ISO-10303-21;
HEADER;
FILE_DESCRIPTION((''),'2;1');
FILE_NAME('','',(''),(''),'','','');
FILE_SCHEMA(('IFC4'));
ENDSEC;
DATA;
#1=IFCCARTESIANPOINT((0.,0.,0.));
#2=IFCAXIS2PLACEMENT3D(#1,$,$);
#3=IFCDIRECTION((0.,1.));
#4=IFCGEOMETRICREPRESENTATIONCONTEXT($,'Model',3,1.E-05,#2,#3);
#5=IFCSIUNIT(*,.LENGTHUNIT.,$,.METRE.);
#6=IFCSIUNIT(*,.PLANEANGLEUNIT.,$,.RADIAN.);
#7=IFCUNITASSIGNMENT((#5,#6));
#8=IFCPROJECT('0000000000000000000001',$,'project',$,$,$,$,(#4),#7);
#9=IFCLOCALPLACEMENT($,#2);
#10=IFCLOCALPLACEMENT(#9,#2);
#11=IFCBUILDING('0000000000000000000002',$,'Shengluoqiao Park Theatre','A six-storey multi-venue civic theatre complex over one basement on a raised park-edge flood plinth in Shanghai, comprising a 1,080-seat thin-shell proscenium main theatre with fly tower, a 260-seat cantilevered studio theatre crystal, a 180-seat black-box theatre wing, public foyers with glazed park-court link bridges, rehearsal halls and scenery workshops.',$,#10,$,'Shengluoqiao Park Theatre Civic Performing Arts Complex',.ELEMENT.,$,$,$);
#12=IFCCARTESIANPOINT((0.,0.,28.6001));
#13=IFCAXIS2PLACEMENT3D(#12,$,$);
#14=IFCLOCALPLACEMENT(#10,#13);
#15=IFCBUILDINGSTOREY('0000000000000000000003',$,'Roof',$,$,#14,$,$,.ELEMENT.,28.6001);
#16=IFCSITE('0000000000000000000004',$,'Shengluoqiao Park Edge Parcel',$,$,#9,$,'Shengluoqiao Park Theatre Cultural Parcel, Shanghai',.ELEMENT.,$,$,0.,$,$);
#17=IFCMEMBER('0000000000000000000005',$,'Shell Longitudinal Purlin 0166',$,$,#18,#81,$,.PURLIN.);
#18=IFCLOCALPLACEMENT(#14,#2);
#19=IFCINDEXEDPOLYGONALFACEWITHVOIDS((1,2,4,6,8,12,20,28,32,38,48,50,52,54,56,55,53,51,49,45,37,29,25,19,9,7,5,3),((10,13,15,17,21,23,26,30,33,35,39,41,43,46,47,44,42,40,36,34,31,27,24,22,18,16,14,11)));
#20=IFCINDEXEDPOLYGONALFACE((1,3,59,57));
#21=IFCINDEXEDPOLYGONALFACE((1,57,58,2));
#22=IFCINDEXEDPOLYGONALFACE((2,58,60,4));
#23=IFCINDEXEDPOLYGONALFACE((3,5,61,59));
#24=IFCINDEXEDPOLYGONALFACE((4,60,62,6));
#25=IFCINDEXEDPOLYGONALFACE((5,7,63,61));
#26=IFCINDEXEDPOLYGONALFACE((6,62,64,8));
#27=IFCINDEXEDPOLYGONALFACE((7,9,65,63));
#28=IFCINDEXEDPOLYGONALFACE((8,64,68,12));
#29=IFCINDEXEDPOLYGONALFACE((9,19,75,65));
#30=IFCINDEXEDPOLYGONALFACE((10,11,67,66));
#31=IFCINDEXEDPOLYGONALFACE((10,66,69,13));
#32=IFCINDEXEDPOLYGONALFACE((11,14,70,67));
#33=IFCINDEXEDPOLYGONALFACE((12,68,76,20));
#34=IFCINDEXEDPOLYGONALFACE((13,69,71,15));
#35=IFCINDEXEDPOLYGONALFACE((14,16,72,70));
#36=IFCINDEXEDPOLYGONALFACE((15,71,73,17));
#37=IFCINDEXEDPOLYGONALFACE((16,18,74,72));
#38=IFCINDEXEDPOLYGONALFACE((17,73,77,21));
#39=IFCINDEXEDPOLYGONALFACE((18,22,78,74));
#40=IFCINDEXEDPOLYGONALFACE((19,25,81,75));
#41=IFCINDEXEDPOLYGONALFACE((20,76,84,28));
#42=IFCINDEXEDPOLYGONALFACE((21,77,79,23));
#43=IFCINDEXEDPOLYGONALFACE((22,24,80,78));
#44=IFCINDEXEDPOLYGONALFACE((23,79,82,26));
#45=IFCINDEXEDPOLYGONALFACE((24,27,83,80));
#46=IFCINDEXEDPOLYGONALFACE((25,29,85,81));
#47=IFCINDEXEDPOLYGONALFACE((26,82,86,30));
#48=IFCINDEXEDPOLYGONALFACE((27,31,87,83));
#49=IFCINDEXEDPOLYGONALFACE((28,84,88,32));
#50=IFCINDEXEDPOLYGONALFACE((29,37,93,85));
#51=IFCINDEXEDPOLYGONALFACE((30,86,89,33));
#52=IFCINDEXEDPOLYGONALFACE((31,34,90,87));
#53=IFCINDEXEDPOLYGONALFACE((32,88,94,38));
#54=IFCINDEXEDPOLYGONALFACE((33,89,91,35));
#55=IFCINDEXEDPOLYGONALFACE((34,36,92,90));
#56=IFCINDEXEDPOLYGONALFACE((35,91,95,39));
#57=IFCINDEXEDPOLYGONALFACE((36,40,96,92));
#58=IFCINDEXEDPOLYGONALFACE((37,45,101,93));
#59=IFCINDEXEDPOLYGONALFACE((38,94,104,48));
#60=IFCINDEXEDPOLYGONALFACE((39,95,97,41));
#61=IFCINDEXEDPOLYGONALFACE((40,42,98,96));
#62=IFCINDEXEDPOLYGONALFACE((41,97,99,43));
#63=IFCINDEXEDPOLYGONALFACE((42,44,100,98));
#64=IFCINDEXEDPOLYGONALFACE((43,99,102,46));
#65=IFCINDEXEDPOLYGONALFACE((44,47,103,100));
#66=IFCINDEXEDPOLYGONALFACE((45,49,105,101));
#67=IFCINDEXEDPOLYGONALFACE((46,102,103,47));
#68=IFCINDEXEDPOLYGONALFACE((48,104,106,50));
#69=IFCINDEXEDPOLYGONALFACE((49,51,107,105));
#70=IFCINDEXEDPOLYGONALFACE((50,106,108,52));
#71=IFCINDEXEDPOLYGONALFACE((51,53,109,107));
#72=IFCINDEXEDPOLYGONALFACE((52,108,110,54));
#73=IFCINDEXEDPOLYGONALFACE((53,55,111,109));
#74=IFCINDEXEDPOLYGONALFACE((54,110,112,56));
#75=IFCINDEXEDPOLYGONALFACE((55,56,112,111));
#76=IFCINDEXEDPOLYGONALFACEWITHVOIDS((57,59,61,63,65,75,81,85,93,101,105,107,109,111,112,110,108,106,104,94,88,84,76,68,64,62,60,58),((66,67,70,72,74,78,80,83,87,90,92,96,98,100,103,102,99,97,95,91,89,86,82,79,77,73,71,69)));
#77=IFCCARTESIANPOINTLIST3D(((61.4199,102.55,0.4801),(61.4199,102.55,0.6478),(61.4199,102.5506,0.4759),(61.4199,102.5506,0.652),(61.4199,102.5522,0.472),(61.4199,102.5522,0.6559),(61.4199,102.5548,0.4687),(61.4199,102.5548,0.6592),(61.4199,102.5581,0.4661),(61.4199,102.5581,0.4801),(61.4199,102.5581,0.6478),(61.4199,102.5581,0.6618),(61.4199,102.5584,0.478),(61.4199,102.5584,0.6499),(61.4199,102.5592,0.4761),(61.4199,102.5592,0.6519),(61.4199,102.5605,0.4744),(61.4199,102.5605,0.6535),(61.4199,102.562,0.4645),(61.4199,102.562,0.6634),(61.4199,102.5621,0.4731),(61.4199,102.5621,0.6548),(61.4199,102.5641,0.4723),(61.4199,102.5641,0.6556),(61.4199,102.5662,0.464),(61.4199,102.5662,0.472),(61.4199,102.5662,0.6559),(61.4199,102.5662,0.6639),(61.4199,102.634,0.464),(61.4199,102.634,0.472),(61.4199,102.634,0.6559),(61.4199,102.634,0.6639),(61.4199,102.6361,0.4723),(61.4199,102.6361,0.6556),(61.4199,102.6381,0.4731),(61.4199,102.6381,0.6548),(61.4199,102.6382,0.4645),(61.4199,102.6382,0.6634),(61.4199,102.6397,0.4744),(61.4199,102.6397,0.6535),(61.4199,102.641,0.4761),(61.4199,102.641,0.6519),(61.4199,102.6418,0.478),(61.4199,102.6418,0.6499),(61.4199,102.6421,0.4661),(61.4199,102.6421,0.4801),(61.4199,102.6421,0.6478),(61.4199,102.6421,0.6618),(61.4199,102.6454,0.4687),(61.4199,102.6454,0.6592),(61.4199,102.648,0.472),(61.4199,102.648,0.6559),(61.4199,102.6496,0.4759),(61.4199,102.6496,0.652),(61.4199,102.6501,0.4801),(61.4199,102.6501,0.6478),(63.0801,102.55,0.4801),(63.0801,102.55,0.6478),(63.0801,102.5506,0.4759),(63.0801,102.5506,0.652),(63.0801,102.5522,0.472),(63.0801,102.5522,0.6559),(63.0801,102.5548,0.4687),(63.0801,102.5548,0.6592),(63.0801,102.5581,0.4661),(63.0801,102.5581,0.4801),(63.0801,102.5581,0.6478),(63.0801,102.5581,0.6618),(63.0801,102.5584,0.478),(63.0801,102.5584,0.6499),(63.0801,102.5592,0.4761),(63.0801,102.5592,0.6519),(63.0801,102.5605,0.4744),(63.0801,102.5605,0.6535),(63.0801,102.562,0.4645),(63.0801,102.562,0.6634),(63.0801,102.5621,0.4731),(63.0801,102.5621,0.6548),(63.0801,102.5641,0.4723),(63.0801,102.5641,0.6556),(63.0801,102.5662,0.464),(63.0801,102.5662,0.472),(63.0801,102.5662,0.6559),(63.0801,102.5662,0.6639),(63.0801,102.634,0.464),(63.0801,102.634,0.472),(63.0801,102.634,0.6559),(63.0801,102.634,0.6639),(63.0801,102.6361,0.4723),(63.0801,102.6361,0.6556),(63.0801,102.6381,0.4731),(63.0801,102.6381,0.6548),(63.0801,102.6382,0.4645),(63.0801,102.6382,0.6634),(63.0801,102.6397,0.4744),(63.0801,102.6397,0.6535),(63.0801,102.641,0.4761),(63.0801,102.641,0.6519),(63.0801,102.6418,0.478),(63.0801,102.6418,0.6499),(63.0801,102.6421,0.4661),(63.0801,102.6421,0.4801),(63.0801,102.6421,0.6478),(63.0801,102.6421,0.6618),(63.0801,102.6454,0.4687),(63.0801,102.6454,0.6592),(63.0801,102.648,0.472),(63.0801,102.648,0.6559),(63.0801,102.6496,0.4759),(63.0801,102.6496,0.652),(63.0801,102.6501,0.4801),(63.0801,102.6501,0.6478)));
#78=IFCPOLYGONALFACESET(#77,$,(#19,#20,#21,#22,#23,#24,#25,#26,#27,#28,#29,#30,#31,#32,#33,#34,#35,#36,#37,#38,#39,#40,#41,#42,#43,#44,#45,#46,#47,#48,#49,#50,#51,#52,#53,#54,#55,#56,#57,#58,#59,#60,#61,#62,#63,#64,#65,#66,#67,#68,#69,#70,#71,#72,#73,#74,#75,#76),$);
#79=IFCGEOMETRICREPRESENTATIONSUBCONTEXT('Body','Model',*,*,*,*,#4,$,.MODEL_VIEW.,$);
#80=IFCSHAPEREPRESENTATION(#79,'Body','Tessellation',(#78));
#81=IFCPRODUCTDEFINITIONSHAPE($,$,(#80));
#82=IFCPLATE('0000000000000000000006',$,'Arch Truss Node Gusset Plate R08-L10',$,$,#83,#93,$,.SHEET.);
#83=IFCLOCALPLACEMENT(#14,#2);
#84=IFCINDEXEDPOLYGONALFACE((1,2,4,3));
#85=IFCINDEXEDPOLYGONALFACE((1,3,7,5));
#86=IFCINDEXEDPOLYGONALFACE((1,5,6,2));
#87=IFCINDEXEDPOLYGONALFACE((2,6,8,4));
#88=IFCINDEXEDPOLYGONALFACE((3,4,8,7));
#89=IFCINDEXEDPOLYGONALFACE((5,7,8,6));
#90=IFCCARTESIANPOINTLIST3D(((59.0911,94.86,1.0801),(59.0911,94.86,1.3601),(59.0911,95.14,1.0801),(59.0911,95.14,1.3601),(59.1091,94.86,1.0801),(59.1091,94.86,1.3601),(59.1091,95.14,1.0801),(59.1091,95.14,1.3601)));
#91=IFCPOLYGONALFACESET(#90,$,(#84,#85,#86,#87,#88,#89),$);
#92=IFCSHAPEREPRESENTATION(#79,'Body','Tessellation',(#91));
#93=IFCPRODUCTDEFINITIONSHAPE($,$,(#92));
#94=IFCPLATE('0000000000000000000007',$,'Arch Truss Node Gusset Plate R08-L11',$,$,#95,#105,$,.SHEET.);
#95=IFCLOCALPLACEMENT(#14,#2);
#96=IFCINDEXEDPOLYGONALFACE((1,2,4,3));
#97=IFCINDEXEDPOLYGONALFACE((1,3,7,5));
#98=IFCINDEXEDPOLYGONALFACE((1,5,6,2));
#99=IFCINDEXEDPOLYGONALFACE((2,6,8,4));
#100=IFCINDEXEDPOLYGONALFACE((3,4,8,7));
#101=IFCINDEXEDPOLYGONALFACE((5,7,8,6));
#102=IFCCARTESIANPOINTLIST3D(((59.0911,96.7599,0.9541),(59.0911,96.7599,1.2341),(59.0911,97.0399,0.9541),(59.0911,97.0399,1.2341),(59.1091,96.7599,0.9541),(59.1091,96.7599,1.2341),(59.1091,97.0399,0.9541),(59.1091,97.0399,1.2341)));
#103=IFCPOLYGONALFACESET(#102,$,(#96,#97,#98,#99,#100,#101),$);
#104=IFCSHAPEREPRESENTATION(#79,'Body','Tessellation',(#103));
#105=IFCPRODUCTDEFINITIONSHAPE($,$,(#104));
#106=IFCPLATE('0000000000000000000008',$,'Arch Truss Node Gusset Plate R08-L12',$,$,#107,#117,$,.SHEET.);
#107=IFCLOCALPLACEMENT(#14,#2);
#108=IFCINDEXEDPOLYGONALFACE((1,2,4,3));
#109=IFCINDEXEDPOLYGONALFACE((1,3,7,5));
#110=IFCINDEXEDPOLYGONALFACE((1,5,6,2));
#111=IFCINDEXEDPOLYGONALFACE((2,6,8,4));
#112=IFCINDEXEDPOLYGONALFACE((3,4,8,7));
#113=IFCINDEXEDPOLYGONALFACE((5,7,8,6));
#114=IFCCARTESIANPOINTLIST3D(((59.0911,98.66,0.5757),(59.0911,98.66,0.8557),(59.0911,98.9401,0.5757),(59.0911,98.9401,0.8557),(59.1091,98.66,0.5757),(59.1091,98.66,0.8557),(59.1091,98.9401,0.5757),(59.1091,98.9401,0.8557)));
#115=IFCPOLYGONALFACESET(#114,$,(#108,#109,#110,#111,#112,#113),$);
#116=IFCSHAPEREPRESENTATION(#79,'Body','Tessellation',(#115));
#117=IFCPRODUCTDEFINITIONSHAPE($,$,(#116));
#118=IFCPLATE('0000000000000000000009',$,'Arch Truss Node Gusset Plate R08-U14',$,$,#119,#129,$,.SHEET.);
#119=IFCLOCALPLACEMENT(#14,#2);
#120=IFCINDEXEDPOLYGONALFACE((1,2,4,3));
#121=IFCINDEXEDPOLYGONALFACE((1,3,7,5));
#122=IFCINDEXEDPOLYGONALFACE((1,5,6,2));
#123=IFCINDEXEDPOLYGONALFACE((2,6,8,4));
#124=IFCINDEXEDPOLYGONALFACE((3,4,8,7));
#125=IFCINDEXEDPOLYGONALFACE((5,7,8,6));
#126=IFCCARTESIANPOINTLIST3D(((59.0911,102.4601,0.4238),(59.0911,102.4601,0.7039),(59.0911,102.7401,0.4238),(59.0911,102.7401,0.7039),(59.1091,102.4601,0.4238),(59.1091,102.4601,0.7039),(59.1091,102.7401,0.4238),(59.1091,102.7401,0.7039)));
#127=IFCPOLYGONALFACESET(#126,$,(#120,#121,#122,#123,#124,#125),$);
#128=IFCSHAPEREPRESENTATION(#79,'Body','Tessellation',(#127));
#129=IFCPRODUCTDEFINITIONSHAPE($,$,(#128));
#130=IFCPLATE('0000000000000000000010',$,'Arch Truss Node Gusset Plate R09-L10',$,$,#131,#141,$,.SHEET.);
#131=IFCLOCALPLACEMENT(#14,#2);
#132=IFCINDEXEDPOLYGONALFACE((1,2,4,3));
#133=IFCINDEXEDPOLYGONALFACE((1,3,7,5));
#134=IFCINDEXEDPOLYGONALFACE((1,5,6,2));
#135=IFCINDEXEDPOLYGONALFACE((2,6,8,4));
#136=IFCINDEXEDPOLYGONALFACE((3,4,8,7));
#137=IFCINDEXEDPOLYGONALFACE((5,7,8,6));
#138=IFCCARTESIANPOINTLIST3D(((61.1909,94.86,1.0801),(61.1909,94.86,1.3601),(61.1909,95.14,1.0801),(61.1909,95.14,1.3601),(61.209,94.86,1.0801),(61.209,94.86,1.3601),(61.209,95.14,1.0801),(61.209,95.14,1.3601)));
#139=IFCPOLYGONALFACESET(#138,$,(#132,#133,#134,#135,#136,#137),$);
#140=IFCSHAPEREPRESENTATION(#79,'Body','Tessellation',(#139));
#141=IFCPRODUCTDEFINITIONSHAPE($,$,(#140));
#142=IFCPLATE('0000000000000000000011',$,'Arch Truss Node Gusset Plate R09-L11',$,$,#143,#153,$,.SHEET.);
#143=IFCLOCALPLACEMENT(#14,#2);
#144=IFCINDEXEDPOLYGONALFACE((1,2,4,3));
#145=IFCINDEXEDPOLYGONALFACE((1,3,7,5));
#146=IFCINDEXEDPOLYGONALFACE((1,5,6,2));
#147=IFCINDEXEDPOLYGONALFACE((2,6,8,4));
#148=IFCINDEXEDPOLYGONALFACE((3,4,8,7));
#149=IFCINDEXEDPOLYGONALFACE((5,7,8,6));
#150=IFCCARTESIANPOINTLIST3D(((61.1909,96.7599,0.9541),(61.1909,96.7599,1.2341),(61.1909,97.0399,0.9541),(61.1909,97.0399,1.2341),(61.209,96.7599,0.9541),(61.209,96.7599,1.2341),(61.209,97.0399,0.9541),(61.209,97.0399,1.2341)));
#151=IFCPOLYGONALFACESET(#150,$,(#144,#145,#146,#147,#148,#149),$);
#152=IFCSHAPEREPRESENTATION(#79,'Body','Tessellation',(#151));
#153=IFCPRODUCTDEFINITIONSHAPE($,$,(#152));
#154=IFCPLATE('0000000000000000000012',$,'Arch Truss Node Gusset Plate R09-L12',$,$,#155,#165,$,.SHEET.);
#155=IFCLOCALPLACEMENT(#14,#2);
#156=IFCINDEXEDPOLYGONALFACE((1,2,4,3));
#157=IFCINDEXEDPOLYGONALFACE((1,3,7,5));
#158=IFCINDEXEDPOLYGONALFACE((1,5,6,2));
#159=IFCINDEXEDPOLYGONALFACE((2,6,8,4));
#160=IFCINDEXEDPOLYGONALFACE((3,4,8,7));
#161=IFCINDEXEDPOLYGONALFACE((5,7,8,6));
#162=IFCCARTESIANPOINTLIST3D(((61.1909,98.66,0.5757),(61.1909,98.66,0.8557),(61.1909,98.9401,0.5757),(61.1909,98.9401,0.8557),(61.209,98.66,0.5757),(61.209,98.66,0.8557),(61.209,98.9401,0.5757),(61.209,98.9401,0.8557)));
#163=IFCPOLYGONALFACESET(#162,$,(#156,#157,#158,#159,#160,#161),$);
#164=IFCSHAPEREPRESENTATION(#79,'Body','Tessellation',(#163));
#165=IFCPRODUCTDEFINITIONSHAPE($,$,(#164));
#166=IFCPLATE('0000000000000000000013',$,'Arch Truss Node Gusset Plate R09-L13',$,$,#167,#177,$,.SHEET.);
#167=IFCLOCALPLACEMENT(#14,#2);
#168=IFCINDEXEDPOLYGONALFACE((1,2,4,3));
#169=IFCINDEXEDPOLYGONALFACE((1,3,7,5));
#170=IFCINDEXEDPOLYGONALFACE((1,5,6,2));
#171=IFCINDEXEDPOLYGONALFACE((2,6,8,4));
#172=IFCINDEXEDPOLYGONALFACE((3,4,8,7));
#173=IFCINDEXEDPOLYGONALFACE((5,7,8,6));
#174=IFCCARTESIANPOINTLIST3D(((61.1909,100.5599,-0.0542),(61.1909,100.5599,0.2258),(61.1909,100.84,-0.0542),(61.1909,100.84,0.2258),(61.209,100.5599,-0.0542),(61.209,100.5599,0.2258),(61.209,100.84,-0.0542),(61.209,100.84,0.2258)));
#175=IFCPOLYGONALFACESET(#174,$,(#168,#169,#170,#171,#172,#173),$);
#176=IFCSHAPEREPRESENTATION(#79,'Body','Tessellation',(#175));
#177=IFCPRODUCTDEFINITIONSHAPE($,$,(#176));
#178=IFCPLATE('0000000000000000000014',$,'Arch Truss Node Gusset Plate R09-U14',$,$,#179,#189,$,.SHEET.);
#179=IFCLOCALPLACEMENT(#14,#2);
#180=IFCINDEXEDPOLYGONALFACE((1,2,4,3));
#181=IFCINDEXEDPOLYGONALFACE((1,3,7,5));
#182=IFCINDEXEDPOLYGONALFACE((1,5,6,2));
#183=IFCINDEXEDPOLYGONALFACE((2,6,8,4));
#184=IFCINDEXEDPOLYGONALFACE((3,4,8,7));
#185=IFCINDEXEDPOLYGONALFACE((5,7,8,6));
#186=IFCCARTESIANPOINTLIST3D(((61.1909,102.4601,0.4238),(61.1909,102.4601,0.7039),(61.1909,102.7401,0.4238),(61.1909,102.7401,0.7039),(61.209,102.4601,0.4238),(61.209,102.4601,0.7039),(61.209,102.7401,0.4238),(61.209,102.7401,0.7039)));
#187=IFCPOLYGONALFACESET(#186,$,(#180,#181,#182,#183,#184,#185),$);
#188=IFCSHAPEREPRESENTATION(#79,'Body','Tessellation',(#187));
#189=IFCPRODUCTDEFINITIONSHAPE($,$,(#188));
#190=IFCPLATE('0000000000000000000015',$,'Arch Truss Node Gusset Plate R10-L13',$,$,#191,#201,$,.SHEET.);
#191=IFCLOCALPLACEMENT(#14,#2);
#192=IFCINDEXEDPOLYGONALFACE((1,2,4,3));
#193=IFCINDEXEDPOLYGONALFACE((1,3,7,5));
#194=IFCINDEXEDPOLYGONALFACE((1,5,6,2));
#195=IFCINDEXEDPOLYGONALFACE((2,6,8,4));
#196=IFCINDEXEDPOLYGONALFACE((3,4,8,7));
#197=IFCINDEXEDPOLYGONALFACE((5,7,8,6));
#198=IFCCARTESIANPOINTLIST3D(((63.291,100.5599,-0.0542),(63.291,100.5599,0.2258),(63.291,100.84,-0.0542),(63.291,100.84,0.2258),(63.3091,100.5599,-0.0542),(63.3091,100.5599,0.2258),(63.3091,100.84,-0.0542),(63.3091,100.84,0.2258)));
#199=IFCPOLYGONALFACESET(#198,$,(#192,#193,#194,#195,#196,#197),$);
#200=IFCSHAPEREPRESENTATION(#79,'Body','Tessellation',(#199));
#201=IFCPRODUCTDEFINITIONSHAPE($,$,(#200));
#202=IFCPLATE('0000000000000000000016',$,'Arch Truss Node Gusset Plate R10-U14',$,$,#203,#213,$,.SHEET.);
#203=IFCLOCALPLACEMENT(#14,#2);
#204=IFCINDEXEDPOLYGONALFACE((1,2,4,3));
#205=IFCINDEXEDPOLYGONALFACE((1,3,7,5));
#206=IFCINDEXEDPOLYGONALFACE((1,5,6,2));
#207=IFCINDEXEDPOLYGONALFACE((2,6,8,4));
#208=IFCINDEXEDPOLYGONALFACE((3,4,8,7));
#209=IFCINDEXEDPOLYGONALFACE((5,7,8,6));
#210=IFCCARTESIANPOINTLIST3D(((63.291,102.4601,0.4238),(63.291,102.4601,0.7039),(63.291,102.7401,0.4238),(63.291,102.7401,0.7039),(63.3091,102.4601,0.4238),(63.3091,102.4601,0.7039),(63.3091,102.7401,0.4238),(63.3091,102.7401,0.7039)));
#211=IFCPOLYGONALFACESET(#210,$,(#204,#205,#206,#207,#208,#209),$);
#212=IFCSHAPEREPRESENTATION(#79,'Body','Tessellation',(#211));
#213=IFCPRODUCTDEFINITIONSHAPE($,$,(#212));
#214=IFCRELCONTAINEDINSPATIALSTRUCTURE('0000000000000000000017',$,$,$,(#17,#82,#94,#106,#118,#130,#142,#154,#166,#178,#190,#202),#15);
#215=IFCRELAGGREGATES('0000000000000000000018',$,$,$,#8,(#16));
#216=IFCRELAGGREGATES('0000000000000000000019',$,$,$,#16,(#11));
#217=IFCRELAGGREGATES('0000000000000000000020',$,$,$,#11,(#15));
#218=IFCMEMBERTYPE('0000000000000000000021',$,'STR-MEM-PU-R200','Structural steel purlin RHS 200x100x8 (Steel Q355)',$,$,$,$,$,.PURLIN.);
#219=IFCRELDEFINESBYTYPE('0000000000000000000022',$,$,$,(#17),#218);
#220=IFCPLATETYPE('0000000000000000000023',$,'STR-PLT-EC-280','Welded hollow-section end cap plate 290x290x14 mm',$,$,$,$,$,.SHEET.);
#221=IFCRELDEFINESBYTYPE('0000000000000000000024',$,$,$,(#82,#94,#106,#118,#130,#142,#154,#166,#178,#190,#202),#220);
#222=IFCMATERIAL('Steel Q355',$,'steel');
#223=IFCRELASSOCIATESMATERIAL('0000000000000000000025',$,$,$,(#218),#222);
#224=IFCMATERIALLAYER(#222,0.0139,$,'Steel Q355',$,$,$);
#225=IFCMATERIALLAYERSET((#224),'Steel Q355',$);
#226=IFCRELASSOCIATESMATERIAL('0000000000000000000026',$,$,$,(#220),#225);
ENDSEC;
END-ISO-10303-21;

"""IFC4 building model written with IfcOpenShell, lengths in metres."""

from ifc_helpers import new_model, si_unit, direction, frame, origin, origin_2d, place, context, subcontext, project, spatial, rectangle, hollow_rectangle, extrude, material, layer, layer_set, material_profile, profile_set, type_object, element, save


model = new_model("IFC4")

# Units and contexts
model_context = context("Model", 3, precision=1e-05, world=origin(), true_north=direction((0.0, 1.0)))
body_context = subcontext(model_context, "Body", "Model", "MODEL_VIEW")
ifc_project = project(units=[si_unit("LENGTHUNIT", "METRE"), si_unit("PLANEANGLEUNIT", "RADIAN")], contexts=[model_context])

# Site, building, storey
site_placement = place(None, origin())
site = spatial("IfcSite", under=ifc_project, at=site_placement, Name="Shengluoqiao Park Edge Parcel", LongName="Shengluoqiao Park Theatre Cultural Parcel, Shanghai", CompositionType="ELEMENT", RefElevation=0.0)
building_placement = place(site_placement, origin())
building = spatial("IfcBuilding", under=site, at=building_placement, Name="Shengluoqiao Park Theatre", Description="A six-storey multi-venue civic theatre complex over one basement on a raised park-edge flood plinth in Shanghai, comprising a 1,080-seat thin-shell proscenium main theatre with fly tower, a 260-seat cantilevered studio theatre crystal, a 180-seat black-box theatre wing, public foyers with glazed park-court link bridges, rehearsal halls and scenery workshops.", LongName="Shengluoqiao Park Theatre Civic Performing Arts Complex", CompositionType="ELEMENT")
storey_placement = place(building_placement, frame((0.0, 0.0, 28.6001)))
storey = spatial("IfcBuildingStorey", under=building, at=storey_placement, Name="Roof", CompositionType="ELEMENT", Elevation=28.6001)

# Shared definitions
ifc_material_1 = material(Name="Steel Q355", Category="steel")

# Member
ifc_material_profile_1 = material_profile(ifc_material_1, hollow_rectangle(XDim=0.1001, YDim=0.2, WallThickness=0.0081, InnerFilletRadius=0.0081, OuterFilletRadius=0.0161, at=origin_2d()), Name="RHS 200x100x8")
ifc_profile_set_1 = profile_set([ifc_material_profile_1], Name="Steel Q355")
member_type_1 = type_object("IfcMemberType", Name="STR-MEM-PU-R200", Description="Structural steel purlin RHS 200x100x8 (Steel Q355)", PredefinedType="PURLIN", material=ifc_profile_set_1)
member_1_placement = place(storey_placement, frame((61.4199, 102.6001, 0.564), z_axis=(1.0, 0.0, 0.0), x_axis=(0.0, 1.0, 0.0)))
element("IfcMember", 1, at=member_1_placement, inside=storey, type_object=member_type_1, Name="Shell Longitudinal Purlin 0166", PredefinedType="PURLIN", context=body_context, shape_type="SweptSolid", body=[
    extrude(hollow_rectangle(XDim=0.1001, YDim=0.2, WallThickness=0.0081, InnerFilletRadius=0.0081, OuterFilletRadius=0.0161, at=origin_2d()), origin(), (0.0, 0.0, 1.0), 1.6602),
])

# Plates
ifc_layer = layer(ifc_material_1, 0.0139, Name="Steel Q355")
ifc_layer_set = layer_set([ifc_layer], Name="Steel Q355")
plate_type = type_object("IfcPlateType", Name="STR-PLT-EC-280", Description="Welded hollow-section end cap plate 290x290x14 mm", PredefinedType="SHEET", material=ifc_layer_set)
for number, where, z_axis, x_axis, name in (
    (2, (59.1001, 95.0, 1.0801), (0.0, 0.0, 1.0), (1.0, 0.0, 0.0), "Arch Truss Node Gusset Plate R08-L10"),
    (3, (59.1001, 96.8999, 0.9541), (0.0, 0.0, 1.0), (1.0, 0.0, 0.0), "Arch Truss Node Gusset Plate R08-L11"),
    (4, (59.1001, 98.8, 0.5757), (0.0, 0.0, 1.0), (1.0, 0.0, 0.0), "Arch Truss Node Gusset Plate R08-L12"),
    (5, (59.1001, 102.6001, 0.4238), (0.0, 0.0, 1.0), (1.0, 0.0, 0.0), "Arch Truss Node Gusset Plate R08-U14"),
    (6, (61.2, 95.0, 1.0801), (0.0, 0.0, 1.0), (1.0, 0.0, 0.0), "Arch Truss Node Gusset Plate R09-L10"),
    (7, (61.2, 96.8999, 0.9541), (0.0, 0.0, 1.0), (1.0, 0.0, 0.0), "Arch Truss Node Gusset Plate R09-L11"),
    (8, (61.2, 98.8, 0.5757), (0.0, 0.0, 1.0), (1.0, 0.0, 0.0), "Arch Truss Node Gusset Plate R09-L12"),
    (9, (61.2, 100.7, -0.0542), (0.0, 0.0, 1.0), (1.0, 0.0, 0.0), "Arch Truss Node Gusset Plate R09-L13"),
    (10, (61.2, 102.6001, 0.4238), (0.0, 0.0, 1.0), (1.0, 0.0, 0.0), "Arch Truss Node Gusset Plate R09-U14"),
    (11, (63.3, 100.7, -0.0542), (0.0, 0.0, 1.0), (1.0, 0.0, 0.0), "Arch Truss Node Gusset Plate R10-L13"),
    (12, (63.3, 102.6001, 0.4238), (0.0, 0.0, 1.0), (1.0, 0.0, 0.0), "Arch Truss Node Gusset Plate R10-U14"),
):
    element("IfcPlate", number, at=place(storey_placement, frame(where, z_axis=z_axis, x_axis=x_axis)), inside=storey, type_object=plate_type, Name=name, PredefinedType="SHEET", context=body_context, shape_type="SweptSolid", body=[
        extrude(rectangle(XDim=0.0181, YDim=0.28, at=origin_2d()), origin(), (0.0, 0.0, 1.0), 0.28),
    ])

save(model, "model.ifc")
